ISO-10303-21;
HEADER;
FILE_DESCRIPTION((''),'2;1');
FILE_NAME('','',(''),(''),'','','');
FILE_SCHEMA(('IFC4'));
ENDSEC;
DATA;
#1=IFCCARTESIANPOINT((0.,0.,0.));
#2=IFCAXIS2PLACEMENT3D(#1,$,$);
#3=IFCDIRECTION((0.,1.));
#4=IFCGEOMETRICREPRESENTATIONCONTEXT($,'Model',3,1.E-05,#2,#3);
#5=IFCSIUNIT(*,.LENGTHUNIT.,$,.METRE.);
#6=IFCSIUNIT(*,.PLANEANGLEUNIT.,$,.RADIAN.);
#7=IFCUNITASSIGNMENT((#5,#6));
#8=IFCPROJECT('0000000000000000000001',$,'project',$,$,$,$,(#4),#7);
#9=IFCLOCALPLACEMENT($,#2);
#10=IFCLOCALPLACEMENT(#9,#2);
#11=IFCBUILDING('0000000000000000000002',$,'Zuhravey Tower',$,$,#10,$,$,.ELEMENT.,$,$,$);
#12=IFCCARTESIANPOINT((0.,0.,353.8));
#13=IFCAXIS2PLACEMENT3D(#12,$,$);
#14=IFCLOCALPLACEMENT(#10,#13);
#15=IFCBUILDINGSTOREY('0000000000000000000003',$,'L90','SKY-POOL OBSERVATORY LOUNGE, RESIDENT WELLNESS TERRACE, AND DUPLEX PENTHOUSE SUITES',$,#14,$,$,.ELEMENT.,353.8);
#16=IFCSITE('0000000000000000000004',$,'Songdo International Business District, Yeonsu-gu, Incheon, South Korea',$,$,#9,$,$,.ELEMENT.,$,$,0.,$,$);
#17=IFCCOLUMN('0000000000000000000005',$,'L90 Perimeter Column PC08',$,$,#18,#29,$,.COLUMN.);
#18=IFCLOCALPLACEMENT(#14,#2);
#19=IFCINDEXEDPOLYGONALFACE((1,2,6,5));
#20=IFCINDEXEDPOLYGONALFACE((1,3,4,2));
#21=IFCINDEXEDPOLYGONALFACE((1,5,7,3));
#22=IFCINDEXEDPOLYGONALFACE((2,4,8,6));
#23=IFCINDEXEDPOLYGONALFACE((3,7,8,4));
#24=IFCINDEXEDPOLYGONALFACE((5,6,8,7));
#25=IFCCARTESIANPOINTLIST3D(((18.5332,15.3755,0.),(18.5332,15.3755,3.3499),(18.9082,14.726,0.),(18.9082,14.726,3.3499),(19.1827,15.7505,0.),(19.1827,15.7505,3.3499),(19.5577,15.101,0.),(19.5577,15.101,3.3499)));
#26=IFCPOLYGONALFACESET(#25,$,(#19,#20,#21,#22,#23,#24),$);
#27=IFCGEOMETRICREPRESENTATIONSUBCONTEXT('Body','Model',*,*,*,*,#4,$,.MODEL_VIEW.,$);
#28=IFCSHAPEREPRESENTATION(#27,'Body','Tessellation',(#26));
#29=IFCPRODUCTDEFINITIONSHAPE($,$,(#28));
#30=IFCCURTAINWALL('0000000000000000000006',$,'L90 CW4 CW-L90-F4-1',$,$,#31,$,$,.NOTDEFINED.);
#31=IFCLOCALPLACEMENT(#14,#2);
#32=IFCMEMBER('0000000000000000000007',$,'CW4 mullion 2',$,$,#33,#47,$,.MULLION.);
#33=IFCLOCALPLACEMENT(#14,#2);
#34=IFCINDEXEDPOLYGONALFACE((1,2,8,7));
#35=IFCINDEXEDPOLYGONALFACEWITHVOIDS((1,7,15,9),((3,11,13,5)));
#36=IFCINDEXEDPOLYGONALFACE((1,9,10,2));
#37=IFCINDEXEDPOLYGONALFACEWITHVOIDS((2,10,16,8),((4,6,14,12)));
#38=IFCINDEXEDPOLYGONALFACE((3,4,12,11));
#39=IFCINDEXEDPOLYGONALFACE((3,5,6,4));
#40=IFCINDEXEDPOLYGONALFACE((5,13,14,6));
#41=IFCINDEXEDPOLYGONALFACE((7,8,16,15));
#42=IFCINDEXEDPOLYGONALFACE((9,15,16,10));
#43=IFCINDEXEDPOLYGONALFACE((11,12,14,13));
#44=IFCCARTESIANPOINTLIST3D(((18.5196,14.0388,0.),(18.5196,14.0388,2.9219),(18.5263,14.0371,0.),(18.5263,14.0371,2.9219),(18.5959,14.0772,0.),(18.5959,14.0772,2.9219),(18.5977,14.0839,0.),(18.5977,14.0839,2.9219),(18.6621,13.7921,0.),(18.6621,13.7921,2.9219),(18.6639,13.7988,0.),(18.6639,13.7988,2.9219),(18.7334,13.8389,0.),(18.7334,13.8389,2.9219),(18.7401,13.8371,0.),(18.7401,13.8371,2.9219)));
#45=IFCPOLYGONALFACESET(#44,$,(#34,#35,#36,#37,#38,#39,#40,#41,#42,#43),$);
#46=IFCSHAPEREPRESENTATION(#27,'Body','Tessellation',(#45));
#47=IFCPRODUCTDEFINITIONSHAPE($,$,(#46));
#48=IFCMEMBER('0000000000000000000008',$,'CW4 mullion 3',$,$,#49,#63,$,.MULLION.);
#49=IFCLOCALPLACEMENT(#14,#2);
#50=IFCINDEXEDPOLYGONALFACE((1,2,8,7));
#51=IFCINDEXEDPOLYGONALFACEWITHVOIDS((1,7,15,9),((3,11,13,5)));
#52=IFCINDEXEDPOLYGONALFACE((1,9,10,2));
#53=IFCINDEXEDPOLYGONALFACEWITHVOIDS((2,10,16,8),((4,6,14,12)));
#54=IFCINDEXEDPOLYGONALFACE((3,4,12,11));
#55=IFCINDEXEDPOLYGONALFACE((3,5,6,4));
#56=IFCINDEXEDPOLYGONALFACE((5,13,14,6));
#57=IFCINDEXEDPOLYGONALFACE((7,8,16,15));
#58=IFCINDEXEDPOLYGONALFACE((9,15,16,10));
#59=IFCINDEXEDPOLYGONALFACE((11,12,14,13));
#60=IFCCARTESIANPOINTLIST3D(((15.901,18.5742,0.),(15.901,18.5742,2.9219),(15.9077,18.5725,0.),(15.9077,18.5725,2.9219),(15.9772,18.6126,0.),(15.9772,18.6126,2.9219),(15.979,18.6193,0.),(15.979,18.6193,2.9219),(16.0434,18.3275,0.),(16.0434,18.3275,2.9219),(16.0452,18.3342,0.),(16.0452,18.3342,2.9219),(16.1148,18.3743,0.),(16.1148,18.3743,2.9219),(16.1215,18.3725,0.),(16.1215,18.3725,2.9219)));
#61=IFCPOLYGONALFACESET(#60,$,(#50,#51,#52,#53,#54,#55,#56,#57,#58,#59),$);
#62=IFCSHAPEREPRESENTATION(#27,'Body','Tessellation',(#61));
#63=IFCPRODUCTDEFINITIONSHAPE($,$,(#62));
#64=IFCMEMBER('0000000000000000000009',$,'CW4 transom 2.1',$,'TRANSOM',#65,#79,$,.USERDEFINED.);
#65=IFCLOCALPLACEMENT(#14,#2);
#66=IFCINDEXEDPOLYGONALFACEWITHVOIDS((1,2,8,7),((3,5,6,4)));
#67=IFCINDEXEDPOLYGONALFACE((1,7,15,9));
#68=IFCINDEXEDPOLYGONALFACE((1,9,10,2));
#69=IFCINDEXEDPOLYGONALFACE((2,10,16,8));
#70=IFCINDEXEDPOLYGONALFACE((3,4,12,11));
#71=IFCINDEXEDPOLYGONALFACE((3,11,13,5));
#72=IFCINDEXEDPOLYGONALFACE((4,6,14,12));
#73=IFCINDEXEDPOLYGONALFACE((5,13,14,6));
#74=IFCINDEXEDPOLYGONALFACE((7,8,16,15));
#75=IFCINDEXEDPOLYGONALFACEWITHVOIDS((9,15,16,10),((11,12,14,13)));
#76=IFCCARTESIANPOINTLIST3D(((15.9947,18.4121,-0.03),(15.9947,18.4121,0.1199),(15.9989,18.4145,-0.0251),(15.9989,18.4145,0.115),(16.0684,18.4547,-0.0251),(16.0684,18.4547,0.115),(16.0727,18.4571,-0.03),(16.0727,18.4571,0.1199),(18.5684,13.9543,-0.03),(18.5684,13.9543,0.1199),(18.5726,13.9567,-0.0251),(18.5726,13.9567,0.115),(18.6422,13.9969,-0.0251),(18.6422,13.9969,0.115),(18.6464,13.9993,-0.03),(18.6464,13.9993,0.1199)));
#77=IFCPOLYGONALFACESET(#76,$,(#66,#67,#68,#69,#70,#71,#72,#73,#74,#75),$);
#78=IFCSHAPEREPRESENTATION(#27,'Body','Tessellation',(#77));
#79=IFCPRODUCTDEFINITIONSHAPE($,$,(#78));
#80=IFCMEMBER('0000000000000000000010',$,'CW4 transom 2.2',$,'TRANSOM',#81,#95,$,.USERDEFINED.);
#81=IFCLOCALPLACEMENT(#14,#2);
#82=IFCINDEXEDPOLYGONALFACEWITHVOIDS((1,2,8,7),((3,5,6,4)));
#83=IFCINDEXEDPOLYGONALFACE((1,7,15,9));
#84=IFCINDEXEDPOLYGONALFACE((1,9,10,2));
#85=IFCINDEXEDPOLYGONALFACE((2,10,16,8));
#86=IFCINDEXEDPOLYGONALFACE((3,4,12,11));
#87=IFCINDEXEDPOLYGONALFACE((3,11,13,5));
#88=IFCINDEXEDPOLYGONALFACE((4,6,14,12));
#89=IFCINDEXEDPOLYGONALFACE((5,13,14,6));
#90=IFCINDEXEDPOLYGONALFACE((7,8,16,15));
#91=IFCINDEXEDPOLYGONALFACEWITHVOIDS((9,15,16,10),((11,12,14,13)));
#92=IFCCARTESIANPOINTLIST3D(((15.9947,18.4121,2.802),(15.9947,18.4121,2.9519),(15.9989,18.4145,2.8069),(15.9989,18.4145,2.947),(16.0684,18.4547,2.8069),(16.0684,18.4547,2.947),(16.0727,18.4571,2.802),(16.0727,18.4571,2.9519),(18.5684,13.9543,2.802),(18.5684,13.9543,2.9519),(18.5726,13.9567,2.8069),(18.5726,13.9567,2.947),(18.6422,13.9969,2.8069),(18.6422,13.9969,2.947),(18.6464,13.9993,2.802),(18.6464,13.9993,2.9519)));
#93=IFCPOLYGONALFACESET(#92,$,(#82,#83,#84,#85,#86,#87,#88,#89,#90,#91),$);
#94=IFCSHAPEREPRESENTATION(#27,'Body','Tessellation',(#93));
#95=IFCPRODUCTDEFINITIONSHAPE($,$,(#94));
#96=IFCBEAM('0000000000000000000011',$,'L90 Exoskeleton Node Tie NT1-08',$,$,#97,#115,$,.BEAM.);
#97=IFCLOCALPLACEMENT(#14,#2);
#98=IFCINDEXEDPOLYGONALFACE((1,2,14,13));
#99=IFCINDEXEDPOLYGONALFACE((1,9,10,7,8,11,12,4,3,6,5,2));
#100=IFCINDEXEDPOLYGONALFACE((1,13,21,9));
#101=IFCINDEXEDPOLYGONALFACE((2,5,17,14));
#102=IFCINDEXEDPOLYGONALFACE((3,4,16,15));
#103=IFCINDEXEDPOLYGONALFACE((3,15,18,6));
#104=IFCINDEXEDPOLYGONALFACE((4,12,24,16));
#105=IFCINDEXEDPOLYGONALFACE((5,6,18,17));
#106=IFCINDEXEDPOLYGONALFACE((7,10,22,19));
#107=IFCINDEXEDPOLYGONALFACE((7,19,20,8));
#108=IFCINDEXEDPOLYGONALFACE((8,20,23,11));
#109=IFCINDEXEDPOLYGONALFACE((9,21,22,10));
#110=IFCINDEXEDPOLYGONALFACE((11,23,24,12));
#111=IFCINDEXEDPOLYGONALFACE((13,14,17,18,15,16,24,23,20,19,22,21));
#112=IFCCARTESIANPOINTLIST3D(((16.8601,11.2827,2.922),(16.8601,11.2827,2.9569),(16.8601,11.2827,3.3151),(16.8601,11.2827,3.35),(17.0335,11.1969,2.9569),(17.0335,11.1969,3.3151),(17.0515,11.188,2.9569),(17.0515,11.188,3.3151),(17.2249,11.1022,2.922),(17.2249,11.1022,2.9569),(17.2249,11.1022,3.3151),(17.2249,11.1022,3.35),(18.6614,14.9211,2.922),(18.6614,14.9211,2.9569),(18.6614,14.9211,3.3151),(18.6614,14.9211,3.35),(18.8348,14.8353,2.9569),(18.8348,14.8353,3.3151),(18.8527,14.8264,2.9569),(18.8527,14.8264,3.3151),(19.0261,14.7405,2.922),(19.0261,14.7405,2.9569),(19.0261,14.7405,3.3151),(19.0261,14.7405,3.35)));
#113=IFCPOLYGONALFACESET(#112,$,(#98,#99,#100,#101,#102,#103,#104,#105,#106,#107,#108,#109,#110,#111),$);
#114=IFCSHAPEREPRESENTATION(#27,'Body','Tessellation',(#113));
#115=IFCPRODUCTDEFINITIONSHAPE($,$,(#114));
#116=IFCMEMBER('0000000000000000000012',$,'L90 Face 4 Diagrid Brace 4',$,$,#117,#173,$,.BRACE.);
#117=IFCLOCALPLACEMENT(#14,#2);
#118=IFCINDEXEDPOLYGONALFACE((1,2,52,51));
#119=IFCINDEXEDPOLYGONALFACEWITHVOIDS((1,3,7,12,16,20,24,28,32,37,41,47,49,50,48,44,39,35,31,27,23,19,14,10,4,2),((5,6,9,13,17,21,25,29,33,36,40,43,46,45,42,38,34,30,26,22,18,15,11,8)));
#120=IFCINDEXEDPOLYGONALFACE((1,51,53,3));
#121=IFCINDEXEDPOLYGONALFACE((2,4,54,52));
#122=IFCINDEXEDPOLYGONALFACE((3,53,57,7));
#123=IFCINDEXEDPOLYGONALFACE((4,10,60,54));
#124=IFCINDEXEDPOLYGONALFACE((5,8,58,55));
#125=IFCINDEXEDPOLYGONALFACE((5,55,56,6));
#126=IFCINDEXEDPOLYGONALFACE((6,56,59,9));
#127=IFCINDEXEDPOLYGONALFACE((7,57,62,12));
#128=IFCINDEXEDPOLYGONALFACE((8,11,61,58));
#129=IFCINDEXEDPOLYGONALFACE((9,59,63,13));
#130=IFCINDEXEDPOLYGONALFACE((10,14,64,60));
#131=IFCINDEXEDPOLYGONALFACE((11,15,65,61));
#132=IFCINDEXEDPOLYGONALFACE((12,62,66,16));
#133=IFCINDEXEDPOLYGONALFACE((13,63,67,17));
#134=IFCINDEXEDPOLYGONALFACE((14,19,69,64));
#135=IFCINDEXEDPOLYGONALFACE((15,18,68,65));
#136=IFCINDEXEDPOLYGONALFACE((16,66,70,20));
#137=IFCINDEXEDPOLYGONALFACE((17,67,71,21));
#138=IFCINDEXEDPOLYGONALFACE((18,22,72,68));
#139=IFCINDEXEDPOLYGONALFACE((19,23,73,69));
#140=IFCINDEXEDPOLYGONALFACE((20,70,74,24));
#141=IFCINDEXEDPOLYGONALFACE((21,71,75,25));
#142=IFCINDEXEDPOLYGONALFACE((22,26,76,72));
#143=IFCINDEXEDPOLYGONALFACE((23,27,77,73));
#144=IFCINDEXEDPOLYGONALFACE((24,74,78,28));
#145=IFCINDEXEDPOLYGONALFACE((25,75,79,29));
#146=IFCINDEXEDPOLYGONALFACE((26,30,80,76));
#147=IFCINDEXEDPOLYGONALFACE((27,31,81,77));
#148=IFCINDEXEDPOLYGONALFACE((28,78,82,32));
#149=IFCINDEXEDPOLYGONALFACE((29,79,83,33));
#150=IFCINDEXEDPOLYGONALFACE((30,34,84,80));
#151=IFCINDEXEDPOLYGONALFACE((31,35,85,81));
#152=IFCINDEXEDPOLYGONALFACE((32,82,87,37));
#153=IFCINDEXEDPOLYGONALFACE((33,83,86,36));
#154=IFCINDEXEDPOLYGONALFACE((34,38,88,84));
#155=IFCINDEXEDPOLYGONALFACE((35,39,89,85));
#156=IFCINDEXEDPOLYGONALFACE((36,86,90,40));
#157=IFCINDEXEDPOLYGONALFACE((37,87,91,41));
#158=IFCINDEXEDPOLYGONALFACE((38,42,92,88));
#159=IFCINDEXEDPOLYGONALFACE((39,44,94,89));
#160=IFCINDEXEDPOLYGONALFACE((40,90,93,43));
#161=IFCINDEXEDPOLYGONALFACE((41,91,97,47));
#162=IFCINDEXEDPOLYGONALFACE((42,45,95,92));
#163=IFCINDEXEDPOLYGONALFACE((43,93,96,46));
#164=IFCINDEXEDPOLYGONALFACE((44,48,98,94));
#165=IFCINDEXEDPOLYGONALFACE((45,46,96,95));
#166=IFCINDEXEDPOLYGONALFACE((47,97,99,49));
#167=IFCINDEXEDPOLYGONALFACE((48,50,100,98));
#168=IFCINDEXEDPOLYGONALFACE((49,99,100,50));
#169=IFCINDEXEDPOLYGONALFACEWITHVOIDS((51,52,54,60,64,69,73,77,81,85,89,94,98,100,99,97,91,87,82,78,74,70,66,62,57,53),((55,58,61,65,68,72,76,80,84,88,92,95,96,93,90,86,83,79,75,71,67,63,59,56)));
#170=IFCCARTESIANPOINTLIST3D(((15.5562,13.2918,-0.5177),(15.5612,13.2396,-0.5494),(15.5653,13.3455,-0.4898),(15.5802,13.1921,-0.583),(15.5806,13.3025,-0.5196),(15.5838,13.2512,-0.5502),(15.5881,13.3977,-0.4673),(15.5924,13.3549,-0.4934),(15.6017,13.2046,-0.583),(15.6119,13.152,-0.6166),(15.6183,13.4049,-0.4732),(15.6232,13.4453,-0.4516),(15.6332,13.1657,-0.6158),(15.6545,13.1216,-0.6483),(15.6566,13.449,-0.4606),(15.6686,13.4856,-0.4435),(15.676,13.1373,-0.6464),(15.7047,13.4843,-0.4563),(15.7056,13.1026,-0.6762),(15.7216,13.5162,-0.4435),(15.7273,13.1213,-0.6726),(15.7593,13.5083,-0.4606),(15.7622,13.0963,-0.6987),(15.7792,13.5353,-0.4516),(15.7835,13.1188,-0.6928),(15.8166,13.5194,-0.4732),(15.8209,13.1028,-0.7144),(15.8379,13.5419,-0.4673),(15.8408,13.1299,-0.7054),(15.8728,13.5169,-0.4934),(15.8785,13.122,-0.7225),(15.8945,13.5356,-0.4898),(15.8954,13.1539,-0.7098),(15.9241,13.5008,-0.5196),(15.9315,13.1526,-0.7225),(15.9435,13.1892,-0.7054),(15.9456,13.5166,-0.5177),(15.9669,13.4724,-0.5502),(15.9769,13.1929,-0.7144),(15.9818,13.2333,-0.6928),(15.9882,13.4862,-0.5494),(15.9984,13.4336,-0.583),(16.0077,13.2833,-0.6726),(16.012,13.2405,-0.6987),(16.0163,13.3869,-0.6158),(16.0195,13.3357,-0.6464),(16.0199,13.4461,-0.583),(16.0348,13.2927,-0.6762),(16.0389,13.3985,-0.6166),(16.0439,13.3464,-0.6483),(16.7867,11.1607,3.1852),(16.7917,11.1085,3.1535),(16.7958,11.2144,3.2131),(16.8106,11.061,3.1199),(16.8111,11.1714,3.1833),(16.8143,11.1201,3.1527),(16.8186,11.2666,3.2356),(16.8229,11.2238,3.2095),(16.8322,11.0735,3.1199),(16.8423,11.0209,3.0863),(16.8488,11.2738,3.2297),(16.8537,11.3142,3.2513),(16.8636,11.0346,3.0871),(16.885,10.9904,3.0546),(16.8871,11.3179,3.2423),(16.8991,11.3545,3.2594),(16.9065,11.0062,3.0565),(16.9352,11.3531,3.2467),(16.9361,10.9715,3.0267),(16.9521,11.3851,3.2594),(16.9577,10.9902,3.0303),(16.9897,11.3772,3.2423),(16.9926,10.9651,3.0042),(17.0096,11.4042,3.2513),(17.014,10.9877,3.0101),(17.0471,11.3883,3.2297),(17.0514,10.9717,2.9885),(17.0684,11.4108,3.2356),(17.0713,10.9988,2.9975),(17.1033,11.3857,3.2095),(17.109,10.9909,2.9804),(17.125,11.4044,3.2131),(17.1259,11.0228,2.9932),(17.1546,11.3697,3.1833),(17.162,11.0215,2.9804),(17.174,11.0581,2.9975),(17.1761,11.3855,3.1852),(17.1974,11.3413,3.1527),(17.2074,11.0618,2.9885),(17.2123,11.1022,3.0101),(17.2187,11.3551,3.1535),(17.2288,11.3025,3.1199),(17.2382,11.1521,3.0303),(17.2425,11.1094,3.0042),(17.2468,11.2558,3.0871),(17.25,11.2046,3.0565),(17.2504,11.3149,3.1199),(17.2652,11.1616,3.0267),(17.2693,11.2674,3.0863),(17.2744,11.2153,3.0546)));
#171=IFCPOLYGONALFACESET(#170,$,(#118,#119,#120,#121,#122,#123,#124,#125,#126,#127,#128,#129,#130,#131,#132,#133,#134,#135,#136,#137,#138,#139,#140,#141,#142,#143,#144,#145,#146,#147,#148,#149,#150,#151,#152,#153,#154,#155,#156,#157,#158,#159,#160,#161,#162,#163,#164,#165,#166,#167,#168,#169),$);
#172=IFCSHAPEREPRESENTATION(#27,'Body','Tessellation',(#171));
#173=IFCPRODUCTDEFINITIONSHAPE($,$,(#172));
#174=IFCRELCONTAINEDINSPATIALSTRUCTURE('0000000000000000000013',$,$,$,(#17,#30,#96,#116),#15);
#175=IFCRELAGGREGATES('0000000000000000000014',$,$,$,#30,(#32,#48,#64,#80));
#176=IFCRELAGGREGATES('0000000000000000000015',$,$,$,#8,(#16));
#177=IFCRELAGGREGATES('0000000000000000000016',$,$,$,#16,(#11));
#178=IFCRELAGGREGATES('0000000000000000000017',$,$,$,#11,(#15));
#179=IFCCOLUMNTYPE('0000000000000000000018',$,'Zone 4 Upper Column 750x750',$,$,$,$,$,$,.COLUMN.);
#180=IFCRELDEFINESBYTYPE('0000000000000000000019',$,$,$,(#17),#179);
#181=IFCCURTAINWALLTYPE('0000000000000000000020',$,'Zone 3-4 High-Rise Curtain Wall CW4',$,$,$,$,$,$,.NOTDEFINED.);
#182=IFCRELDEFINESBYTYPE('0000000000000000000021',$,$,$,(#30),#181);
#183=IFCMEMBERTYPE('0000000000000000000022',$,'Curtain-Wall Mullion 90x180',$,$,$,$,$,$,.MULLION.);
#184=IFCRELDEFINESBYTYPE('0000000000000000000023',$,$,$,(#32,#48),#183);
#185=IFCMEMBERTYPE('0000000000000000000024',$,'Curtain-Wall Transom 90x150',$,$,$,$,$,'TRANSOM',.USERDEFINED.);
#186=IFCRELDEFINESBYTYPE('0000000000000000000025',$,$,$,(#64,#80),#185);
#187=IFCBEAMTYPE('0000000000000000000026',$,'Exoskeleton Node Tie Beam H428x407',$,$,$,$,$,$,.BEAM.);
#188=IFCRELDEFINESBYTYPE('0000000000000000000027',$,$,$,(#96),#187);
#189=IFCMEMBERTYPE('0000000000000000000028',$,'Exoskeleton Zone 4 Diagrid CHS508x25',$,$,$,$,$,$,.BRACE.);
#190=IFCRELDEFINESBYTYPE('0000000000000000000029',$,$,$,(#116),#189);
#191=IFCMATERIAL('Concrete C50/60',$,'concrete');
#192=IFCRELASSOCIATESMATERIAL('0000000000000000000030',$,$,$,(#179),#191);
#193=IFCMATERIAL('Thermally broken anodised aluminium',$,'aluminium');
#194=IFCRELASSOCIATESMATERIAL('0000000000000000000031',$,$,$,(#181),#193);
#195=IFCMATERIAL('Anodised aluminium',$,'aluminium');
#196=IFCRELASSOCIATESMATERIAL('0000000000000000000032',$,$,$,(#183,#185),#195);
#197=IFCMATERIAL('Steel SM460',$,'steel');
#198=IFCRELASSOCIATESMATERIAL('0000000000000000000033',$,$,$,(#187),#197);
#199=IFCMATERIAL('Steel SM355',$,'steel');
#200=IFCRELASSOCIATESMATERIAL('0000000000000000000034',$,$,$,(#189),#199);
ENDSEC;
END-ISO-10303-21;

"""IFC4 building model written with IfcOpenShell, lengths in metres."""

from ifc_helpers import new_model, si_unit, direction, frame, origin, origin_2d, place, context, subcontext, project, spatial, rectangle, hollow_rectangle, hollow_circle, i_section, extrude, material, material_profile, profile_set, type_object, element, aggregate, save


model = new_model("IFC4")

# Units and contexts
model_context = context("Model", 3, precision=1e-05, world=origin(), true_north=direction((0.0, 1.0)))
body_context = subcontext(model_context, "Body", "Model", "MODEL_VIEW")
ifc_project = project(units=[si_unit("LENGTHUNIT", "METRE"), si_unit("PLANEANGLEUNIT", "RADIAN")], contexts=[model_context])

# Site, building, storey
site_placement = place(None, origin())
site = spatial("IfcSite", under=ifc_project, at=site_placement, Name="Songdo International Business District, Yeonsu-gu, Incheon, South Korea", CompositionType="ELEMENT", RefElevation=0.0)
building_placement = place(site_placement, origin())
building = spatial("IfcBuilding", under=site, at=building_placement, Name="Zuhravey Tower", CompositionType="ELEMENT")
storey_placement = place(building_placement, frame((0.0, 0.0, 353.8)))
storey = spatial("IfcBuildingStorey", under=building, at=storey_placement, Name="L90", Description="SKY-POOL OBSERVATORY LOUNGE, RESIDENT WELLNESS TERRACE, AND DUPLEX PENTHOUSE SUITES", CompositionType="ELEMENT", Elevation=353.8)

# Column
ifc_material_1 = material(Name="Concrete C50/60", Category="concrete")
ifc_material_profile_1 = material_profile(ifc_material_1, rectangle(XDim=0.75, YDim=0.75, at=origin_2d()), Name="RC-750x750")
ifc_profile_set_1 = profile_set([ifc_material_profile_1], Name="Concrete C50/60")
column_type = type_object("IfcColumnType", Name="Zone 4 Upper Column 750x750", PredefinedType="COLUMN", material=ifc_profile_set_1)
column_placement = place(storey_placement, frame((19.0454, 15.2383, 0.0), z_axis=(0.0, 0.0, 1.0), x_axis=(0.5, -0.866025, 0.0)))
element("IfcColumn", 1, at=column_placement, inside=storey, type_object=column_type, Name="L90 Perimeter Column PC08", PredefinedType="COLUMN", context=body_context, shape_type="SweptSolid", body=[
    extrude(rectangle(XDim=0.75, YDim=0.75, at=origin_2d()), origin(), (0.0, 0.0, 1.0), 3.3499),
])

# Curtain wall, members
ifc_material_2 = material(Name="Thermally broken anodised aluminium", Category="aluminium")
curtain_wall_type = type_object("IfcCurtainWallType", Name="Zone 3-4 High-Rise Curtain Wall CW4", PredefinedType="NOTDEFINED", material=ifc_material_2)
curtain_wall_placement = place(storey_placement, origin())
curtain_wall = element("IfcCurtainWall", 2, at=curtain_wall_placement, inside=storey, type_object=curtain_wall_type, Name="L90 CW4 CW-L90-F4-1", PredefinedType="NOTDEFINED")
ifc_material_3 = material(Name="Anodised aluminium", Category="aluminium")
ifc_material_profile_2 = material_profile(ifc_material_3, hollow_rectangle(XDim=0.0901, YDim=0.2849, WallThickness=0.0049, at=origin_2d()), Name="ALU-RHS-90x285x5")
ifc_profile_set_2 = profile_set([ifc_material_profile_2], Name="Anodised aluminium")
member_type_1 = type_object("IfcMemberType", Name="Curtain-Wall Mullion 90x180", PredefinedType="MULLION", material=ifc_profile_set_2)
member_1_placement = place(storey_placement, frame((18.6299, 13.938, 0.0), z_axis=(0.0, 0.0, 1.0), x_axis=(-0.866029, -0.499994, 0.0)))
member_1 = element("IfcMember", 3, at=member_1_placement, type_object=member_type_1, Name="CW4 mullion 2", PredefinedType="MULLION", context=body_context, shape_type="SweptSolid", body=[
    extrude(hollow_rectangle(XDim=0.0901, YDim=0.2849, WallThickness=0.0049, at=origin_2d()), origin(), (0.0, 0.0, 1.0), 2.9219),
])
member_2_placement = place(storey_placement, frame((16.0112, 18.4734, 0.0), z_axis=(0.0, 0.0, 1.0), x_axis=(-0.866029, -0.499994, 0.0)))
member_2 = element("IfcMember", 4, at=member_2_placement, type_object=member_type_1, Name="CW4 mullion 3", PredefinedType="MULLION", context=body_context, shape_type="SweptSolid", body=[
    extrude(hollow_rectangle(XDim=0.0901, YDim=0.2849, WallThickness=0.0049, at=origin_2d()), origin(), (0.0, 0.0, 1.0), 2.9219),
])
ifc_material_profile_3 = material_profile(ifc_material_3, hollow_rectangle(XDim=0.0901, YDim=0.1499, WallThickness=0.0049, at=origin_2d()), Name="ALU-RHS-90x150x5")
ifc_profile_set_3 = profile_set([ifc_material_profile_3], Name="Anodised aluminium")
member_type_2 = type_object("IfcMemberType", Name="Curtain-Wall Transom 90x150", ElementType="TRANSOM", PredefinedType="USERDEFINED", material=ifc_profile_set_3)
member_3_placement = place(storey_placement, frame((18.6074, 13.9768, 0.0449), z_axis=(-0.500006, 0.866022, 0.0), x_axis=(-0.866022, -0.500006, 0.0)))
member_3 = element("IfcMember", 5, at=member_3_placement, type_object=member_type_2, Name="CW4 transom 2.1", ObjectType="TRANSOM", PredefinedType="USERDEFINED", context=body_context, shape_type="SweptSolid", body=[
    extrude(hollow_rectangle(XDim=0.0901, YDim=0.1499, WallThickness=0.0049, at=origin_2d()), origin(), (0.0, 0.0, 1.0), 5.1475),
])
member_4_placement = place(storey_placement, frame((18.6074, 13.9768, 2.877), z_axis=(-0.500006, 0.866022, 0.0), x_axis=(-0.866022, -0.500006, 0.0)))
member_4 = element("IfcMember", 6, at=member_4_placement, type_object=member_type_2, Name="CW4 transom 2.2", ObjectType="TRANSOM", PredefinedType="USERDEFINED", context=body_context, shape_type="SweptSolid", body=[
    extrude(hollow_rectangle(XDim=0.0901, YDim=0.1499, WallThickness=0.0049, at=origin_2d()), origin(), (0.0, 0.0, 1.0), 5.1475),
])

# Beam
ifc_material_4 = material(Name="Steel SM460", Category="steel")
ifc_material_profile_4 = material_profile(ifc_material_4, i_section(OverallWidth=0.407, OverallDepth=0.428, WebThickness=0.02, FlangeThickness=0.0349, at=origin_2d()), Name="H-428x407x20x35")
ifc_profile_set_4 = profile_set([ifc_material_profile_4], Name="Steel SM460")
beam_type_1 = type_object("IfcBeamType", Name="Exoskeleton Node Tie Beam H428x407", PredefinedType="BEAM", material=ifc_profile_set_4)
beam_1_placement = place(storey_placement, frame((18.8438, 14.8308, 3.136), z_axis=(-0.443674, -0.896188, 0.0), x_axis=(0.896188, -0.443674, 0.0)))
element("IfcBeam", 7, at=beam_1_placement, inside=storey, type_object=beam_type_1, Name="L90 Exoskeleton Node Tie NT1-08", PredefinedType="BEAM", context=body_context, shape_type="SweptSolid", body=[
    extrude(i_section(OverallWidth=0.407, OverallDepth=0.428, WebThickness=0.02, FlangeThickness=0.0349, at=origin_2d()), origin(), (0.0, 0.0, 1.0), 4.0598),
])

# Member
ifc_material_5 = material(Name="Steel SM355", Category="steel")
ifc_material_profile_5 = material_profile(ifc_material_5, hollow_circle(Radius=0.2539, WallThickness=0.0249, at=origin_2d()), Name="CHS-508.0x25")
ifc_profile_set_5 = profile_set([ifc_material_profile_5], Name="Steel SM355")
member_type_3 = type_object("IfcMemberType", Name="Exoskeleton Zone 4 Diagrid CHS508x25", PredefinedType="BRACE", material=ifc_profile_set_5)
member_5_placement = place(storey_placement, frame((15.8, 13.3191, -0.583), z_axis=(0.276758, -0.47933, 0.832855), x_axis=(0.866012, 0.500023, 0.0)))
element("IfcMember", 8, at=member_5_placement, inside=storey, type_object=member_type_3, Name="L90 Face 4 Diagrid Brace 4", PredefinedType="BRACE", context=body_context, shape_type="SweptSolid", body=[
    extrude(hollow_circle(Radius=0.2539, WallThickness=0.0249, at=origin_2d()), origin(), (0.0, 0.0, 1.0), 4.446),
])

aggregate(curtain_wall, [member_1, member_2, member_3, member_4])

save(model, "model.ifc")
